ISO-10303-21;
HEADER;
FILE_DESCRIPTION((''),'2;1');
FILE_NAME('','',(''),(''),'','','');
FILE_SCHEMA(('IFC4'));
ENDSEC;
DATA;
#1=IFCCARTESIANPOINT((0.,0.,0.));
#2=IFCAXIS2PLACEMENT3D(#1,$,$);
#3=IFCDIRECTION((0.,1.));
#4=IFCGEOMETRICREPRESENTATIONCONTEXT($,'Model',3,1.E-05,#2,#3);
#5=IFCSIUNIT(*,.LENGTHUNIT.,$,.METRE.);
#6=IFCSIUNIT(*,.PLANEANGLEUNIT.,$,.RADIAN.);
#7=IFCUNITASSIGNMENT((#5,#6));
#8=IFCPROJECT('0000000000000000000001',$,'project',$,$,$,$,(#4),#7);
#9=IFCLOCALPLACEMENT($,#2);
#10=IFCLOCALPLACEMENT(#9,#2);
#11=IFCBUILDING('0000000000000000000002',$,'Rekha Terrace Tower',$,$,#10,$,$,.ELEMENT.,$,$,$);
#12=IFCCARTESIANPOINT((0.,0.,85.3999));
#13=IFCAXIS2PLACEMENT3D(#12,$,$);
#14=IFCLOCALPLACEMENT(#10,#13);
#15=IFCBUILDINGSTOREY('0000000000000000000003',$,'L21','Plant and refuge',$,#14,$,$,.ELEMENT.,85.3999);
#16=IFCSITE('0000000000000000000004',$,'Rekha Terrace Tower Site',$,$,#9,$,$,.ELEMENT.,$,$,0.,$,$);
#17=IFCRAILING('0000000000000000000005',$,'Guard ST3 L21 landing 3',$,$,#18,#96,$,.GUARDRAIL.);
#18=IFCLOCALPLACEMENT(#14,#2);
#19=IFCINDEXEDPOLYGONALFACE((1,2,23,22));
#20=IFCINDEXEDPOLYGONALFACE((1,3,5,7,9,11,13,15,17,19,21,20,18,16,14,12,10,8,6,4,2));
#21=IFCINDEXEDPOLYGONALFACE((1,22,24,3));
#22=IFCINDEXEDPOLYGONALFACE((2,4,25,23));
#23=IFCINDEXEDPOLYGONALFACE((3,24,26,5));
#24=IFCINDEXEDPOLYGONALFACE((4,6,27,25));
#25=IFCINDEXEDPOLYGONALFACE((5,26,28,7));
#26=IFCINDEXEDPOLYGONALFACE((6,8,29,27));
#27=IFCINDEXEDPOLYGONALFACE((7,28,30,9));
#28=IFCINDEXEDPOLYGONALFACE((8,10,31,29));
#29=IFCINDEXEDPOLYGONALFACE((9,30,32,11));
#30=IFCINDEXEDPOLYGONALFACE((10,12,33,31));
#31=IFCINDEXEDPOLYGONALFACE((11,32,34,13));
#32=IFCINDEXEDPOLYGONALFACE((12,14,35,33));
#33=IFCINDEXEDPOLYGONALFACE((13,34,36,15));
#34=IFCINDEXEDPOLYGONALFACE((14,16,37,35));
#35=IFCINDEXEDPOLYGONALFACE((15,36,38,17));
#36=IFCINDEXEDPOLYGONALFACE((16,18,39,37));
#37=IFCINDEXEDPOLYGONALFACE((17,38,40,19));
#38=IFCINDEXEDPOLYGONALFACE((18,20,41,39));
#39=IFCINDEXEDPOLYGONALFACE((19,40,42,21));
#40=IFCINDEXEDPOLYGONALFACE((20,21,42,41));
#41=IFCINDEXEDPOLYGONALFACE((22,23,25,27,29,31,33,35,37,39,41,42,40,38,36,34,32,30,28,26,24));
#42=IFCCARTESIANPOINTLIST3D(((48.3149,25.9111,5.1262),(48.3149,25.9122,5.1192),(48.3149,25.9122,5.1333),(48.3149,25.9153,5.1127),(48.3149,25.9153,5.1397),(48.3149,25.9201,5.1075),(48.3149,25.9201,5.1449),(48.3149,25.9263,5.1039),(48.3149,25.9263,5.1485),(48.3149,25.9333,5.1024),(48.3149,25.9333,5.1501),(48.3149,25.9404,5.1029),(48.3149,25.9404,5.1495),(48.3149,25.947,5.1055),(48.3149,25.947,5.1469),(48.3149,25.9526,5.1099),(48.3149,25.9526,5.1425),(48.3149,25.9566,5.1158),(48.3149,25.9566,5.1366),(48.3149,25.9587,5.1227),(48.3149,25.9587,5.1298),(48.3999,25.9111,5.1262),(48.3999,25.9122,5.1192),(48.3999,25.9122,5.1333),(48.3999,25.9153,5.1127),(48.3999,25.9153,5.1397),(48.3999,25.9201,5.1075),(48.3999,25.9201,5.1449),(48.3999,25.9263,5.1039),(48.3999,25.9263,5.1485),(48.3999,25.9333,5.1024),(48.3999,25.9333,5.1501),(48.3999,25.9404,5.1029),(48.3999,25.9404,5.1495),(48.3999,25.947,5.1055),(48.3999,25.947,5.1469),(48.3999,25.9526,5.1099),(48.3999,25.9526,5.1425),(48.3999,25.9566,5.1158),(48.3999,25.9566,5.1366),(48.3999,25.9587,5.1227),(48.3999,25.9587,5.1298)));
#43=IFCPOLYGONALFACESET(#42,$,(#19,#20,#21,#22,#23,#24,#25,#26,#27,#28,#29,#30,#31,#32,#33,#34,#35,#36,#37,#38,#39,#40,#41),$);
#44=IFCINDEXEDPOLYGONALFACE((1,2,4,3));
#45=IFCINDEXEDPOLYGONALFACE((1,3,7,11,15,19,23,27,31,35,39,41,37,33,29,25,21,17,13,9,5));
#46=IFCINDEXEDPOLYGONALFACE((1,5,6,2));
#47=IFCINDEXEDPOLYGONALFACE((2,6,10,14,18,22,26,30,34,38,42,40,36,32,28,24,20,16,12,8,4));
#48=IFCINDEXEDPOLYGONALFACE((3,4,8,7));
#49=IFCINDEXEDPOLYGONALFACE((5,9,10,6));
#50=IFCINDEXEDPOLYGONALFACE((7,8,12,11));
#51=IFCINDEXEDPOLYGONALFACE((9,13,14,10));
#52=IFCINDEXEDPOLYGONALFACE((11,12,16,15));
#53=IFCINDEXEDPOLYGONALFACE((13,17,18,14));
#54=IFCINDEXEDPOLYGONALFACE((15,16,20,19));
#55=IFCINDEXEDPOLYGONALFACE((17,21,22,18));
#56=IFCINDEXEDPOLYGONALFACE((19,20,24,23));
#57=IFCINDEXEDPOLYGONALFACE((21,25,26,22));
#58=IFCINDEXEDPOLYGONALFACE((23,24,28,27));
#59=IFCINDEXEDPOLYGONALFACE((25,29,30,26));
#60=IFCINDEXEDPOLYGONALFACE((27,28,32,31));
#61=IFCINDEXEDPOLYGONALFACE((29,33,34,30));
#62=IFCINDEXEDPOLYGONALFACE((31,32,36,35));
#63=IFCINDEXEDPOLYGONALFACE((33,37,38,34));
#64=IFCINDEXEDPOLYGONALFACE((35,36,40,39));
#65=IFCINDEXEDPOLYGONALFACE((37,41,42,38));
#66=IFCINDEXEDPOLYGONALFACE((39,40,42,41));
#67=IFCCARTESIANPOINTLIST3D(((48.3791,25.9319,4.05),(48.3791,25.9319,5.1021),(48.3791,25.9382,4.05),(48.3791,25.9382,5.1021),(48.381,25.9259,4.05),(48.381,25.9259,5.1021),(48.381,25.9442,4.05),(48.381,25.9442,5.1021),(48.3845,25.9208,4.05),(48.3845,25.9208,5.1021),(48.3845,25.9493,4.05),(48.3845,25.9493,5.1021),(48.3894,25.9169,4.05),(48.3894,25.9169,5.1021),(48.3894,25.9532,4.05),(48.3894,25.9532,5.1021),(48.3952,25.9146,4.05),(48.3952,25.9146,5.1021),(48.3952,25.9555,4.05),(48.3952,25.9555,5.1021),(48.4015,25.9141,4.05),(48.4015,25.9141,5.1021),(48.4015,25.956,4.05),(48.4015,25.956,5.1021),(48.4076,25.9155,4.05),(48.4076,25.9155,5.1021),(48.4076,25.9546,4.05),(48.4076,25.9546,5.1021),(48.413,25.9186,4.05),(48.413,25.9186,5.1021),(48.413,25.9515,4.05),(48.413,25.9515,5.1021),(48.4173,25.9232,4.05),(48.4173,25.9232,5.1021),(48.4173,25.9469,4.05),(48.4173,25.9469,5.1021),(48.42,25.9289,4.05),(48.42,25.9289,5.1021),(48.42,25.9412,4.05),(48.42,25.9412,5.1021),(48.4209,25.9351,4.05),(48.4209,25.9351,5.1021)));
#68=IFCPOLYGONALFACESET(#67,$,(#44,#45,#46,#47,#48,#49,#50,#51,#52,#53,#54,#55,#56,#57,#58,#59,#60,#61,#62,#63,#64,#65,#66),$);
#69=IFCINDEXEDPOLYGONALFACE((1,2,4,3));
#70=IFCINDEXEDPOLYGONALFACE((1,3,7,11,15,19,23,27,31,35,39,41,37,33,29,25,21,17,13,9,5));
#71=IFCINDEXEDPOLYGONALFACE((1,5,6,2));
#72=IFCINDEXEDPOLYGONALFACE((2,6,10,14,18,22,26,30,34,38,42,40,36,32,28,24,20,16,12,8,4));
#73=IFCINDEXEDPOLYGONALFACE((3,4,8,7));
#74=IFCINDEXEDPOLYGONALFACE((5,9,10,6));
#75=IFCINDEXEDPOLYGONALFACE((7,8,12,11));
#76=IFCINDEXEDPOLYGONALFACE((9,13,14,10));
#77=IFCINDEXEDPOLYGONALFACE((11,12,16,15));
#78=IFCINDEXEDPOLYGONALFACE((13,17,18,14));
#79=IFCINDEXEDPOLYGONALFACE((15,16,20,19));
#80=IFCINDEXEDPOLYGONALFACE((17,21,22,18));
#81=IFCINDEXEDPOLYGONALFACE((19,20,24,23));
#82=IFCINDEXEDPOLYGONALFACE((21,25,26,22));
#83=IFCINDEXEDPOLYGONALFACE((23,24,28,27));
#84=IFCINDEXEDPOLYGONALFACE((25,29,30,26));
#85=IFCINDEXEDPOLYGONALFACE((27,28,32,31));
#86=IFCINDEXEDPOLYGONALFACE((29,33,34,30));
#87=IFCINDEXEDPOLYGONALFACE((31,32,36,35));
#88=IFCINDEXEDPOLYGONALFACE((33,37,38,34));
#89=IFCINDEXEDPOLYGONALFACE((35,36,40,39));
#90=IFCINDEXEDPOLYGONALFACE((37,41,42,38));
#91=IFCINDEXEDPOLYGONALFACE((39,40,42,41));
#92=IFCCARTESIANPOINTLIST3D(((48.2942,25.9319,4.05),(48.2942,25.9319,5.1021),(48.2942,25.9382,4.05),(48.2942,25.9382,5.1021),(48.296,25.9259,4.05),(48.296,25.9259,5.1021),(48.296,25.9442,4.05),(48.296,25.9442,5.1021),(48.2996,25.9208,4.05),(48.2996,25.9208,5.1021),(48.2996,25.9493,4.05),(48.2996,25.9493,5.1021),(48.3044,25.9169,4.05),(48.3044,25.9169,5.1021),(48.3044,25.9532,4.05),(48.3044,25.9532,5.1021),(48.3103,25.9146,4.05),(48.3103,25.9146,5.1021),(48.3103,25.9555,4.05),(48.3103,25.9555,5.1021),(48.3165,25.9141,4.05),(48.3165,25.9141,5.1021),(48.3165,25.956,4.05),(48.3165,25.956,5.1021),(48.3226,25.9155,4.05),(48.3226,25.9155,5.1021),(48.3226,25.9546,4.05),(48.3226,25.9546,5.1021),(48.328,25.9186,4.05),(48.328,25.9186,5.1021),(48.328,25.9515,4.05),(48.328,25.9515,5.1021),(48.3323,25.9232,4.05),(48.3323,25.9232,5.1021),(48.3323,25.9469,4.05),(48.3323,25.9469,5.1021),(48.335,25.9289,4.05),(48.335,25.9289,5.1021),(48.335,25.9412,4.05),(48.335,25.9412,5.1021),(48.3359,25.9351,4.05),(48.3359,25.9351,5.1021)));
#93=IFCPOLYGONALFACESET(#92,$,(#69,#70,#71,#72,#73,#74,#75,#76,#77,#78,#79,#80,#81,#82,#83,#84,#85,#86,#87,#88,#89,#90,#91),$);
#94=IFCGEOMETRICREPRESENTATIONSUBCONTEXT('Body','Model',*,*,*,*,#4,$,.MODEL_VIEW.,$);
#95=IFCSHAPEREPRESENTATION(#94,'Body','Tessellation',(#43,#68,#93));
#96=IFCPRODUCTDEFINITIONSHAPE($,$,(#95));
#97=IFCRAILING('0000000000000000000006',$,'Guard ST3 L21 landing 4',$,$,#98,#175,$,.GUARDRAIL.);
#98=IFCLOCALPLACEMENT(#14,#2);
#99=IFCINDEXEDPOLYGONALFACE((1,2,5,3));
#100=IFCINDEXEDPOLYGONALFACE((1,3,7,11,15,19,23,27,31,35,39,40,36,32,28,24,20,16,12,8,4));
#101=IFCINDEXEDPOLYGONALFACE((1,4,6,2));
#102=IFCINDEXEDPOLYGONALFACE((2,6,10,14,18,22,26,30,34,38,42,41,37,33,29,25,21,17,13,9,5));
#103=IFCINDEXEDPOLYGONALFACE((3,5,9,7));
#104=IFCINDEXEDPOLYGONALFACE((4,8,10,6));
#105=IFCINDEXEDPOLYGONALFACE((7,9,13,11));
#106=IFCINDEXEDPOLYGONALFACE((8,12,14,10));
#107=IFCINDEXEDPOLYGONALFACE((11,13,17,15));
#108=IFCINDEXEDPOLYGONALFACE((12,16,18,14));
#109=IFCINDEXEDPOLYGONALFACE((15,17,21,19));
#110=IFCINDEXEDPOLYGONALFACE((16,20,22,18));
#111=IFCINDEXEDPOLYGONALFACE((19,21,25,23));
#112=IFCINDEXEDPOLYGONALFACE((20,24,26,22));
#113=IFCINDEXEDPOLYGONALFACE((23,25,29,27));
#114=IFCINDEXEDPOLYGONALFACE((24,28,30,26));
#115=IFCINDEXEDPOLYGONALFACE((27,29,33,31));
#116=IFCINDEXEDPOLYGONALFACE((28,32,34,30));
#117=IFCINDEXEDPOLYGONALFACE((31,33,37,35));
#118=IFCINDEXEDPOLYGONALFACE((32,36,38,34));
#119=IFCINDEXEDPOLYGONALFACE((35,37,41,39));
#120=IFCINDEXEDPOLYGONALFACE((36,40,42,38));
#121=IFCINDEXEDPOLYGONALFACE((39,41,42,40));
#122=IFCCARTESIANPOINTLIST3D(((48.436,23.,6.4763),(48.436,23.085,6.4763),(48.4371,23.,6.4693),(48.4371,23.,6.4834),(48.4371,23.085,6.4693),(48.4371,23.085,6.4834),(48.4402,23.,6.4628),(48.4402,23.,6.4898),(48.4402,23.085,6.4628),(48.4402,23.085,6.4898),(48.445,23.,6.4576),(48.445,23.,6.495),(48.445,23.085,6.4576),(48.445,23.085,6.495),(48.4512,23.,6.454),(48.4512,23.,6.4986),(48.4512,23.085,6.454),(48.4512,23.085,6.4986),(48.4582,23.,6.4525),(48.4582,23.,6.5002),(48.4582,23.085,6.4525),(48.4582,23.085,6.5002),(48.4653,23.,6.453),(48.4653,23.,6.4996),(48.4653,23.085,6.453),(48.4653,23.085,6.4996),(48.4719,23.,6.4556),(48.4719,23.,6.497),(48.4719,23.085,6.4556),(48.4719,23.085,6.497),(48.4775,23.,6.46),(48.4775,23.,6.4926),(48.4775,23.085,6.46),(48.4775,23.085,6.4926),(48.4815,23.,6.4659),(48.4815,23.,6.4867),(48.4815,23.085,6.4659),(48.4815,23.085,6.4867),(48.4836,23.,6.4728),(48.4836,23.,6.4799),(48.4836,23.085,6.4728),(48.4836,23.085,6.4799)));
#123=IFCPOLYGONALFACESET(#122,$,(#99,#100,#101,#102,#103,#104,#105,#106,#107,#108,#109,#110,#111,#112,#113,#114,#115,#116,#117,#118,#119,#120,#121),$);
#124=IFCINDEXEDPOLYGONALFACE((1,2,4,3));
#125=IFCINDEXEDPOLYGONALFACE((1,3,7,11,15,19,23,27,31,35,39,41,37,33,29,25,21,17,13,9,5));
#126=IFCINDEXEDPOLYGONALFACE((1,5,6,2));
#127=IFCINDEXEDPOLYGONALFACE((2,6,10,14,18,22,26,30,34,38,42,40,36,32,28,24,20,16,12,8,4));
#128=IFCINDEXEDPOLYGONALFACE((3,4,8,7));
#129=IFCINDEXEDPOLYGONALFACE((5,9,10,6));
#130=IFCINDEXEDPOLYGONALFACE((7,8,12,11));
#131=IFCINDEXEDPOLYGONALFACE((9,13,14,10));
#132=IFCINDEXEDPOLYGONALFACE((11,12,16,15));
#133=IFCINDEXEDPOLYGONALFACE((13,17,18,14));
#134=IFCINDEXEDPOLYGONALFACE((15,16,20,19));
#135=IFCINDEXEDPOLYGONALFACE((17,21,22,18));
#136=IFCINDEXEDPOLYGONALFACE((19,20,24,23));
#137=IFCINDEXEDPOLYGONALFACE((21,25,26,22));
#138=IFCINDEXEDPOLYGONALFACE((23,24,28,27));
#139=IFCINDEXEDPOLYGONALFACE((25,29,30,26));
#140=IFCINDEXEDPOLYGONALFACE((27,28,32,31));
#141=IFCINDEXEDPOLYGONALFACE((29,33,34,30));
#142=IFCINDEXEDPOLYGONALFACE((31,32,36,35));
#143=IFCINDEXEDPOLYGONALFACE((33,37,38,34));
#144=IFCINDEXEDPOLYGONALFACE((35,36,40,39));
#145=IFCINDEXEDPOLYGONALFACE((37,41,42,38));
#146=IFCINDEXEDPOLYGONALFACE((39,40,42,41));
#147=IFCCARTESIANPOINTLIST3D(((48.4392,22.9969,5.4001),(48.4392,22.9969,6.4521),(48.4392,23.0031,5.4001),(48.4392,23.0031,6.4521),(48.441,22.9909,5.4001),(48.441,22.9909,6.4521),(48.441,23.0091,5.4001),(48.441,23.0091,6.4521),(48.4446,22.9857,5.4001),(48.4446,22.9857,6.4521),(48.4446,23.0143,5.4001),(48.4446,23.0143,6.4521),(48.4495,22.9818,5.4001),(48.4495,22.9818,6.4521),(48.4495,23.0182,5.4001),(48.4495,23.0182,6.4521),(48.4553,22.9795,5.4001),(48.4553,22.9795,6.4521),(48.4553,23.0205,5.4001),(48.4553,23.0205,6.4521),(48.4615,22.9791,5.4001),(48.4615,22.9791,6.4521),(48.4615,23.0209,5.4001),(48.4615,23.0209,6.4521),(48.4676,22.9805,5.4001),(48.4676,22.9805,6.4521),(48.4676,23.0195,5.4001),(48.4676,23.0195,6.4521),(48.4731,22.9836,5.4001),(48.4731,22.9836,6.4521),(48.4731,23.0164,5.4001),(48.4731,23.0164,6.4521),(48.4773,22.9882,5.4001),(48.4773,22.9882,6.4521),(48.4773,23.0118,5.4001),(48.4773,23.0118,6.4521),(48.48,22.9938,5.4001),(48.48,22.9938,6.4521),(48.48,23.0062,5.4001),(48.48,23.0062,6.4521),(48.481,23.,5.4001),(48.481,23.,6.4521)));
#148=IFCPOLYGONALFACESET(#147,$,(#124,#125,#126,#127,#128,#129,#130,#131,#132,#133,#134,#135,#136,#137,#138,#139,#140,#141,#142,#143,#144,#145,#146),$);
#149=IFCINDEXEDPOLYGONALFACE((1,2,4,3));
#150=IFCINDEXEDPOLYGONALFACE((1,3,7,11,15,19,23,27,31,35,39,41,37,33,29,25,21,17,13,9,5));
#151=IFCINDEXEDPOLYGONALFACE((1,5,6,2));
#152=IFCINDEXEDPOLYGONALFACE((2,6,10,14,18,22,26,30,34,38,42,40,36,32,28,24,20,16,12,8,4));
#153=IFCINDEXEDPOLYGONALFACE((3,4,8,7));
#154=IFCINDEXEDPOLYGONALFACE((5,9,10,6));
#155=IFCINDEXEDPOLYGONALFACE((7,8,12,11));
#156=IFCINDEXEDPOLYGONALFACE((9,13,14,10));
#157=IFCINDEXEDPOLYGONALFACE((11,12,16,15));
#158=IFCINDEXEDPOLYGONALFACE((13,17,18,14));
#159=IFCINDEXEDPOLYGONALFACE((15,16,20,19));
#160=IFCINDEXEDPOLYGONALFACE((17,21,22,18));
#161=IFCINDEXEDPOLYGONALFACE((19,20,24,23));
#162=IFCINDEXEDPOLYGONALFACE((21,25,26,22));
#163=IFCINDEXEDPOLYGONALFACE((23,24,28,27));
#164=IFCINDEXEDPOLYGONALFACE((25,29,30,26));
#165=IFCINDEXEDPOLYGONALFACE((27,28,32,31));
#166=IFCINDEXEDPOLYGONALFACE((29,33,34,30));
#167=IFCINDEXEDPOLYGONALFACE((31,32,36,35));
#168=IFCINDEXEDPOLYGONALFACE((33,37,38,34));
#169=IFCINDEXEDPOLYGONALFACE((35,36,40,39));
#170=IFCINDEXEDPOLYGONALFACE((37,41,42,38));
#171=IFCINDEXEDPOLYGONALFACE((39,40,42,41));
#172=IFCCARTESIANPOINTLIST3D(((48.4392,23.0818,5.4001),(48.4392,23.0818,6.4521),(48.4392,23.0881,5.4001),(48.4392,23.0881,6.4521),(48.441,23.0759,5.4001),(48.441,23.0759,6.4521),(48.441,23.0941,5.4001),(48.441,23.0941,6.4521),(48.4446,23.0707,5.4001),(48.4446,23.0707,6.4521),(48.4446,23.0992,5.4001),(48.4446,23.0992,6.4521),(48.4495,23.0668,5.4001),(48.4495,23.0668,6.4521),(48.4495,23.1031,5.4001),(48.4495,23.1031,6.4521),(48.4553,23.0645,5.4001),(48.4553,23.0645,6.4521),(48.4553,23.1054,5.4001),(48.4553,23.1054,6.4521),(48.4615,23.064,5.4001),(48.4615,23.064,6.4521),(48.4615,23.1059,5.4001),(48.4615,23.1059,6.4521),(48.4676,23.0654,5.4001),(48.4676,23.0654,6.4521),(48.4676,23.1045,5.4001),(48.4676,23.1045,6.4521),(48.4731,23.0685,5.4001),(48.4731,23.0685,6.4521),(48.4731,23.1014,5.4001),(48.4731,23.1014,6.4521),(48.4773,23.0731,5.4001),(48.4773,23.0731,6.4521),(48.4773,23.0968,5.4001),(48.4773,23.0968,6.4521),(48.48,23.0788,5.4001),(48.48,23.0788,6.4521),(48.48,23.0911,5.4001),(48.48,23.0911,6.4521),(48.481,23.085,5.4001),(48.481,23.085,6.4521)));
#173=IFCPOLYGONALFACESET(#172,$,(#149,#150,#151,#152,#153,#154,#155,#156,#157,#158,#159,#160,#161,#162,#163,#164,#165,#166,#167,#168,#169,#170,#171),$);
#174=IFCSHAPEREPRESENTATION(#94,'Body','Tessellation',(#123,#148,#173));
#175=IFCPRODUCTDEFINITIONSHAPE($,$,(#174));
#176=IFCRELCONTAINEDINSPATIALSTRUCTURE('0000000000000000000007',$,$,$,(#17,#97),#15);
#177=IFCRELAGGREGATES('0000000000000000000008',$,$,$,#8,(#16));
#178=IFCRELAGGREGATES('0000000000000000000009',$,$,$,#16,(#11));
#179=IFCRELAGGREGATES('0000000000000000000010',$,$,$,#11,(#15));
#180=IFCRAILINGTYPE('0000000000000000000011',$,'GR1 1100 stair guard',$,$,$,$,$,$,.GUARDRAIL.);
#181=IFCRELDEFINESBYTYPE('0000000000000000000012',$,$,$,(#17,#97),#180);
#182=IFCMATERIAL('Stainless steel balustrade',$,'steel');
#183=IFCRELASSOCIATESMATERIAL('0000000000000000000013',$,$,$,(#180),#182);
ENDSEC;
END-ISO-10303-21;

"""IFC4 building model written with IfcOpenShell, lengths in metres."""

from ifc_helpers import new_model, si_unit, direction, frame, origin, origin_2d, place, context, subcontext, project, spatial, circle, extrude, material, type_object, element, save


model = new_model("IFC4")

# Units and contexts
model_context = context("Model", 3, precision=1e-05, world=origin(), true_north=direction((0.0, 1.0)))
body_context = subcontext(model_context, "Body", "Model", "MODEL_VIEW")
ifc_project = project(units=[si_unit("LENGTHUNIT", "METRE"), si_unit("PLANEANGLEUNIT", "RADIAN")], contexts=[model_context])

# Site, building, storey
site_placement = place(None, origin())
site = spatial("IfcSite", under=ifc_project, at=site_placement, Name="Rekha Terrace Tower Site", CompositionType="ELEMENT", RefElevation=0.0)
building_placement = place(site_placement, origin())
building = spatial("IfcBuilding", under=site, at=building_placement, Name="Rekha Terrace Tower", CompositionType="ELEMENT")
storey_placement = place(building_placement, frame((0.0, 0.0, 85.3999)))
storey = spatial("IfcBuildingStorey", under=building, at=storey_placement, Name="L21", Description="Plant and refuge", CompositionType="ELEMENT", Elevation=85.3999)

# Railings
ifc_material_1 = material(Name="Stainless steel balustrade", Category="steel")
railing_type_1 = type_object("IfcRailingType", Name="GR1 1100 stair guard", PredefinedType="GUARDRAIL", material=ifc_material_1)
railing_1_placement = place(storey_placement, frame((48.3999, 25.9351, 4.05)))
element("IfcRailing", 1, at=railing_1_placement, inside=storey, type_object=railing_type_1, Name="Guard ST3 L21 landing 3", PredefinedType="GUARDRAIL", context=body_context, shape_type="SweptSolid", body=[
    extrude(circle(Radius=0.0239, at=origin_2d()), frame((0.0, 0.0, 1.0762), z_axis=(-1.0, 0.0, 0.0), x_axis=(0.0, -1.0, 0.0)), (0.0, 0.0, 1.0), 0.085),
    extrude(circle(Radius=0.021, at=origin_2d()), origin(), (0.0, 0.0, 1.0), 1.052),
    extrude(circle(Radius=0.021, at=origin_2d()), frame((-0.085, 0.0, 0.0)), (0.0, 0.0, 1.0), 1.052),
])
railing_2_placement = place(storey_placement, frame((48.46, 23.0, 5.4001)))
element("IfcRailing", 2, at=railing_2_placement, inside=storey, type_object=railing_type_1, Name="Guard ST3 L21 landing 4", PredefinedType="GUARDRAIL", context=body_context, shape_type="SweptSolid", body=[
    extrude(circle(Radius=0.0239, at=origin_2d()), frame((0.0, 0.0, 1.0762), z_axis=(0.0, 1.0, 0.0), x_axis=(-1.0, 0.0, 0.0)), (0.0, 0.0, 1.0), 0.085),
    extrude(circle(Radius=0.021, at=origin_2d()), origin(), (0.0, 0.0, 1.0), 1.052),
    extrude(circle(Radius=0.021, at=origin_2d()), frame((0.0, 0.085, 0.0)), (0.0, 0.0, 1.0), 1.052),
])

save(model, "model.ifc")
